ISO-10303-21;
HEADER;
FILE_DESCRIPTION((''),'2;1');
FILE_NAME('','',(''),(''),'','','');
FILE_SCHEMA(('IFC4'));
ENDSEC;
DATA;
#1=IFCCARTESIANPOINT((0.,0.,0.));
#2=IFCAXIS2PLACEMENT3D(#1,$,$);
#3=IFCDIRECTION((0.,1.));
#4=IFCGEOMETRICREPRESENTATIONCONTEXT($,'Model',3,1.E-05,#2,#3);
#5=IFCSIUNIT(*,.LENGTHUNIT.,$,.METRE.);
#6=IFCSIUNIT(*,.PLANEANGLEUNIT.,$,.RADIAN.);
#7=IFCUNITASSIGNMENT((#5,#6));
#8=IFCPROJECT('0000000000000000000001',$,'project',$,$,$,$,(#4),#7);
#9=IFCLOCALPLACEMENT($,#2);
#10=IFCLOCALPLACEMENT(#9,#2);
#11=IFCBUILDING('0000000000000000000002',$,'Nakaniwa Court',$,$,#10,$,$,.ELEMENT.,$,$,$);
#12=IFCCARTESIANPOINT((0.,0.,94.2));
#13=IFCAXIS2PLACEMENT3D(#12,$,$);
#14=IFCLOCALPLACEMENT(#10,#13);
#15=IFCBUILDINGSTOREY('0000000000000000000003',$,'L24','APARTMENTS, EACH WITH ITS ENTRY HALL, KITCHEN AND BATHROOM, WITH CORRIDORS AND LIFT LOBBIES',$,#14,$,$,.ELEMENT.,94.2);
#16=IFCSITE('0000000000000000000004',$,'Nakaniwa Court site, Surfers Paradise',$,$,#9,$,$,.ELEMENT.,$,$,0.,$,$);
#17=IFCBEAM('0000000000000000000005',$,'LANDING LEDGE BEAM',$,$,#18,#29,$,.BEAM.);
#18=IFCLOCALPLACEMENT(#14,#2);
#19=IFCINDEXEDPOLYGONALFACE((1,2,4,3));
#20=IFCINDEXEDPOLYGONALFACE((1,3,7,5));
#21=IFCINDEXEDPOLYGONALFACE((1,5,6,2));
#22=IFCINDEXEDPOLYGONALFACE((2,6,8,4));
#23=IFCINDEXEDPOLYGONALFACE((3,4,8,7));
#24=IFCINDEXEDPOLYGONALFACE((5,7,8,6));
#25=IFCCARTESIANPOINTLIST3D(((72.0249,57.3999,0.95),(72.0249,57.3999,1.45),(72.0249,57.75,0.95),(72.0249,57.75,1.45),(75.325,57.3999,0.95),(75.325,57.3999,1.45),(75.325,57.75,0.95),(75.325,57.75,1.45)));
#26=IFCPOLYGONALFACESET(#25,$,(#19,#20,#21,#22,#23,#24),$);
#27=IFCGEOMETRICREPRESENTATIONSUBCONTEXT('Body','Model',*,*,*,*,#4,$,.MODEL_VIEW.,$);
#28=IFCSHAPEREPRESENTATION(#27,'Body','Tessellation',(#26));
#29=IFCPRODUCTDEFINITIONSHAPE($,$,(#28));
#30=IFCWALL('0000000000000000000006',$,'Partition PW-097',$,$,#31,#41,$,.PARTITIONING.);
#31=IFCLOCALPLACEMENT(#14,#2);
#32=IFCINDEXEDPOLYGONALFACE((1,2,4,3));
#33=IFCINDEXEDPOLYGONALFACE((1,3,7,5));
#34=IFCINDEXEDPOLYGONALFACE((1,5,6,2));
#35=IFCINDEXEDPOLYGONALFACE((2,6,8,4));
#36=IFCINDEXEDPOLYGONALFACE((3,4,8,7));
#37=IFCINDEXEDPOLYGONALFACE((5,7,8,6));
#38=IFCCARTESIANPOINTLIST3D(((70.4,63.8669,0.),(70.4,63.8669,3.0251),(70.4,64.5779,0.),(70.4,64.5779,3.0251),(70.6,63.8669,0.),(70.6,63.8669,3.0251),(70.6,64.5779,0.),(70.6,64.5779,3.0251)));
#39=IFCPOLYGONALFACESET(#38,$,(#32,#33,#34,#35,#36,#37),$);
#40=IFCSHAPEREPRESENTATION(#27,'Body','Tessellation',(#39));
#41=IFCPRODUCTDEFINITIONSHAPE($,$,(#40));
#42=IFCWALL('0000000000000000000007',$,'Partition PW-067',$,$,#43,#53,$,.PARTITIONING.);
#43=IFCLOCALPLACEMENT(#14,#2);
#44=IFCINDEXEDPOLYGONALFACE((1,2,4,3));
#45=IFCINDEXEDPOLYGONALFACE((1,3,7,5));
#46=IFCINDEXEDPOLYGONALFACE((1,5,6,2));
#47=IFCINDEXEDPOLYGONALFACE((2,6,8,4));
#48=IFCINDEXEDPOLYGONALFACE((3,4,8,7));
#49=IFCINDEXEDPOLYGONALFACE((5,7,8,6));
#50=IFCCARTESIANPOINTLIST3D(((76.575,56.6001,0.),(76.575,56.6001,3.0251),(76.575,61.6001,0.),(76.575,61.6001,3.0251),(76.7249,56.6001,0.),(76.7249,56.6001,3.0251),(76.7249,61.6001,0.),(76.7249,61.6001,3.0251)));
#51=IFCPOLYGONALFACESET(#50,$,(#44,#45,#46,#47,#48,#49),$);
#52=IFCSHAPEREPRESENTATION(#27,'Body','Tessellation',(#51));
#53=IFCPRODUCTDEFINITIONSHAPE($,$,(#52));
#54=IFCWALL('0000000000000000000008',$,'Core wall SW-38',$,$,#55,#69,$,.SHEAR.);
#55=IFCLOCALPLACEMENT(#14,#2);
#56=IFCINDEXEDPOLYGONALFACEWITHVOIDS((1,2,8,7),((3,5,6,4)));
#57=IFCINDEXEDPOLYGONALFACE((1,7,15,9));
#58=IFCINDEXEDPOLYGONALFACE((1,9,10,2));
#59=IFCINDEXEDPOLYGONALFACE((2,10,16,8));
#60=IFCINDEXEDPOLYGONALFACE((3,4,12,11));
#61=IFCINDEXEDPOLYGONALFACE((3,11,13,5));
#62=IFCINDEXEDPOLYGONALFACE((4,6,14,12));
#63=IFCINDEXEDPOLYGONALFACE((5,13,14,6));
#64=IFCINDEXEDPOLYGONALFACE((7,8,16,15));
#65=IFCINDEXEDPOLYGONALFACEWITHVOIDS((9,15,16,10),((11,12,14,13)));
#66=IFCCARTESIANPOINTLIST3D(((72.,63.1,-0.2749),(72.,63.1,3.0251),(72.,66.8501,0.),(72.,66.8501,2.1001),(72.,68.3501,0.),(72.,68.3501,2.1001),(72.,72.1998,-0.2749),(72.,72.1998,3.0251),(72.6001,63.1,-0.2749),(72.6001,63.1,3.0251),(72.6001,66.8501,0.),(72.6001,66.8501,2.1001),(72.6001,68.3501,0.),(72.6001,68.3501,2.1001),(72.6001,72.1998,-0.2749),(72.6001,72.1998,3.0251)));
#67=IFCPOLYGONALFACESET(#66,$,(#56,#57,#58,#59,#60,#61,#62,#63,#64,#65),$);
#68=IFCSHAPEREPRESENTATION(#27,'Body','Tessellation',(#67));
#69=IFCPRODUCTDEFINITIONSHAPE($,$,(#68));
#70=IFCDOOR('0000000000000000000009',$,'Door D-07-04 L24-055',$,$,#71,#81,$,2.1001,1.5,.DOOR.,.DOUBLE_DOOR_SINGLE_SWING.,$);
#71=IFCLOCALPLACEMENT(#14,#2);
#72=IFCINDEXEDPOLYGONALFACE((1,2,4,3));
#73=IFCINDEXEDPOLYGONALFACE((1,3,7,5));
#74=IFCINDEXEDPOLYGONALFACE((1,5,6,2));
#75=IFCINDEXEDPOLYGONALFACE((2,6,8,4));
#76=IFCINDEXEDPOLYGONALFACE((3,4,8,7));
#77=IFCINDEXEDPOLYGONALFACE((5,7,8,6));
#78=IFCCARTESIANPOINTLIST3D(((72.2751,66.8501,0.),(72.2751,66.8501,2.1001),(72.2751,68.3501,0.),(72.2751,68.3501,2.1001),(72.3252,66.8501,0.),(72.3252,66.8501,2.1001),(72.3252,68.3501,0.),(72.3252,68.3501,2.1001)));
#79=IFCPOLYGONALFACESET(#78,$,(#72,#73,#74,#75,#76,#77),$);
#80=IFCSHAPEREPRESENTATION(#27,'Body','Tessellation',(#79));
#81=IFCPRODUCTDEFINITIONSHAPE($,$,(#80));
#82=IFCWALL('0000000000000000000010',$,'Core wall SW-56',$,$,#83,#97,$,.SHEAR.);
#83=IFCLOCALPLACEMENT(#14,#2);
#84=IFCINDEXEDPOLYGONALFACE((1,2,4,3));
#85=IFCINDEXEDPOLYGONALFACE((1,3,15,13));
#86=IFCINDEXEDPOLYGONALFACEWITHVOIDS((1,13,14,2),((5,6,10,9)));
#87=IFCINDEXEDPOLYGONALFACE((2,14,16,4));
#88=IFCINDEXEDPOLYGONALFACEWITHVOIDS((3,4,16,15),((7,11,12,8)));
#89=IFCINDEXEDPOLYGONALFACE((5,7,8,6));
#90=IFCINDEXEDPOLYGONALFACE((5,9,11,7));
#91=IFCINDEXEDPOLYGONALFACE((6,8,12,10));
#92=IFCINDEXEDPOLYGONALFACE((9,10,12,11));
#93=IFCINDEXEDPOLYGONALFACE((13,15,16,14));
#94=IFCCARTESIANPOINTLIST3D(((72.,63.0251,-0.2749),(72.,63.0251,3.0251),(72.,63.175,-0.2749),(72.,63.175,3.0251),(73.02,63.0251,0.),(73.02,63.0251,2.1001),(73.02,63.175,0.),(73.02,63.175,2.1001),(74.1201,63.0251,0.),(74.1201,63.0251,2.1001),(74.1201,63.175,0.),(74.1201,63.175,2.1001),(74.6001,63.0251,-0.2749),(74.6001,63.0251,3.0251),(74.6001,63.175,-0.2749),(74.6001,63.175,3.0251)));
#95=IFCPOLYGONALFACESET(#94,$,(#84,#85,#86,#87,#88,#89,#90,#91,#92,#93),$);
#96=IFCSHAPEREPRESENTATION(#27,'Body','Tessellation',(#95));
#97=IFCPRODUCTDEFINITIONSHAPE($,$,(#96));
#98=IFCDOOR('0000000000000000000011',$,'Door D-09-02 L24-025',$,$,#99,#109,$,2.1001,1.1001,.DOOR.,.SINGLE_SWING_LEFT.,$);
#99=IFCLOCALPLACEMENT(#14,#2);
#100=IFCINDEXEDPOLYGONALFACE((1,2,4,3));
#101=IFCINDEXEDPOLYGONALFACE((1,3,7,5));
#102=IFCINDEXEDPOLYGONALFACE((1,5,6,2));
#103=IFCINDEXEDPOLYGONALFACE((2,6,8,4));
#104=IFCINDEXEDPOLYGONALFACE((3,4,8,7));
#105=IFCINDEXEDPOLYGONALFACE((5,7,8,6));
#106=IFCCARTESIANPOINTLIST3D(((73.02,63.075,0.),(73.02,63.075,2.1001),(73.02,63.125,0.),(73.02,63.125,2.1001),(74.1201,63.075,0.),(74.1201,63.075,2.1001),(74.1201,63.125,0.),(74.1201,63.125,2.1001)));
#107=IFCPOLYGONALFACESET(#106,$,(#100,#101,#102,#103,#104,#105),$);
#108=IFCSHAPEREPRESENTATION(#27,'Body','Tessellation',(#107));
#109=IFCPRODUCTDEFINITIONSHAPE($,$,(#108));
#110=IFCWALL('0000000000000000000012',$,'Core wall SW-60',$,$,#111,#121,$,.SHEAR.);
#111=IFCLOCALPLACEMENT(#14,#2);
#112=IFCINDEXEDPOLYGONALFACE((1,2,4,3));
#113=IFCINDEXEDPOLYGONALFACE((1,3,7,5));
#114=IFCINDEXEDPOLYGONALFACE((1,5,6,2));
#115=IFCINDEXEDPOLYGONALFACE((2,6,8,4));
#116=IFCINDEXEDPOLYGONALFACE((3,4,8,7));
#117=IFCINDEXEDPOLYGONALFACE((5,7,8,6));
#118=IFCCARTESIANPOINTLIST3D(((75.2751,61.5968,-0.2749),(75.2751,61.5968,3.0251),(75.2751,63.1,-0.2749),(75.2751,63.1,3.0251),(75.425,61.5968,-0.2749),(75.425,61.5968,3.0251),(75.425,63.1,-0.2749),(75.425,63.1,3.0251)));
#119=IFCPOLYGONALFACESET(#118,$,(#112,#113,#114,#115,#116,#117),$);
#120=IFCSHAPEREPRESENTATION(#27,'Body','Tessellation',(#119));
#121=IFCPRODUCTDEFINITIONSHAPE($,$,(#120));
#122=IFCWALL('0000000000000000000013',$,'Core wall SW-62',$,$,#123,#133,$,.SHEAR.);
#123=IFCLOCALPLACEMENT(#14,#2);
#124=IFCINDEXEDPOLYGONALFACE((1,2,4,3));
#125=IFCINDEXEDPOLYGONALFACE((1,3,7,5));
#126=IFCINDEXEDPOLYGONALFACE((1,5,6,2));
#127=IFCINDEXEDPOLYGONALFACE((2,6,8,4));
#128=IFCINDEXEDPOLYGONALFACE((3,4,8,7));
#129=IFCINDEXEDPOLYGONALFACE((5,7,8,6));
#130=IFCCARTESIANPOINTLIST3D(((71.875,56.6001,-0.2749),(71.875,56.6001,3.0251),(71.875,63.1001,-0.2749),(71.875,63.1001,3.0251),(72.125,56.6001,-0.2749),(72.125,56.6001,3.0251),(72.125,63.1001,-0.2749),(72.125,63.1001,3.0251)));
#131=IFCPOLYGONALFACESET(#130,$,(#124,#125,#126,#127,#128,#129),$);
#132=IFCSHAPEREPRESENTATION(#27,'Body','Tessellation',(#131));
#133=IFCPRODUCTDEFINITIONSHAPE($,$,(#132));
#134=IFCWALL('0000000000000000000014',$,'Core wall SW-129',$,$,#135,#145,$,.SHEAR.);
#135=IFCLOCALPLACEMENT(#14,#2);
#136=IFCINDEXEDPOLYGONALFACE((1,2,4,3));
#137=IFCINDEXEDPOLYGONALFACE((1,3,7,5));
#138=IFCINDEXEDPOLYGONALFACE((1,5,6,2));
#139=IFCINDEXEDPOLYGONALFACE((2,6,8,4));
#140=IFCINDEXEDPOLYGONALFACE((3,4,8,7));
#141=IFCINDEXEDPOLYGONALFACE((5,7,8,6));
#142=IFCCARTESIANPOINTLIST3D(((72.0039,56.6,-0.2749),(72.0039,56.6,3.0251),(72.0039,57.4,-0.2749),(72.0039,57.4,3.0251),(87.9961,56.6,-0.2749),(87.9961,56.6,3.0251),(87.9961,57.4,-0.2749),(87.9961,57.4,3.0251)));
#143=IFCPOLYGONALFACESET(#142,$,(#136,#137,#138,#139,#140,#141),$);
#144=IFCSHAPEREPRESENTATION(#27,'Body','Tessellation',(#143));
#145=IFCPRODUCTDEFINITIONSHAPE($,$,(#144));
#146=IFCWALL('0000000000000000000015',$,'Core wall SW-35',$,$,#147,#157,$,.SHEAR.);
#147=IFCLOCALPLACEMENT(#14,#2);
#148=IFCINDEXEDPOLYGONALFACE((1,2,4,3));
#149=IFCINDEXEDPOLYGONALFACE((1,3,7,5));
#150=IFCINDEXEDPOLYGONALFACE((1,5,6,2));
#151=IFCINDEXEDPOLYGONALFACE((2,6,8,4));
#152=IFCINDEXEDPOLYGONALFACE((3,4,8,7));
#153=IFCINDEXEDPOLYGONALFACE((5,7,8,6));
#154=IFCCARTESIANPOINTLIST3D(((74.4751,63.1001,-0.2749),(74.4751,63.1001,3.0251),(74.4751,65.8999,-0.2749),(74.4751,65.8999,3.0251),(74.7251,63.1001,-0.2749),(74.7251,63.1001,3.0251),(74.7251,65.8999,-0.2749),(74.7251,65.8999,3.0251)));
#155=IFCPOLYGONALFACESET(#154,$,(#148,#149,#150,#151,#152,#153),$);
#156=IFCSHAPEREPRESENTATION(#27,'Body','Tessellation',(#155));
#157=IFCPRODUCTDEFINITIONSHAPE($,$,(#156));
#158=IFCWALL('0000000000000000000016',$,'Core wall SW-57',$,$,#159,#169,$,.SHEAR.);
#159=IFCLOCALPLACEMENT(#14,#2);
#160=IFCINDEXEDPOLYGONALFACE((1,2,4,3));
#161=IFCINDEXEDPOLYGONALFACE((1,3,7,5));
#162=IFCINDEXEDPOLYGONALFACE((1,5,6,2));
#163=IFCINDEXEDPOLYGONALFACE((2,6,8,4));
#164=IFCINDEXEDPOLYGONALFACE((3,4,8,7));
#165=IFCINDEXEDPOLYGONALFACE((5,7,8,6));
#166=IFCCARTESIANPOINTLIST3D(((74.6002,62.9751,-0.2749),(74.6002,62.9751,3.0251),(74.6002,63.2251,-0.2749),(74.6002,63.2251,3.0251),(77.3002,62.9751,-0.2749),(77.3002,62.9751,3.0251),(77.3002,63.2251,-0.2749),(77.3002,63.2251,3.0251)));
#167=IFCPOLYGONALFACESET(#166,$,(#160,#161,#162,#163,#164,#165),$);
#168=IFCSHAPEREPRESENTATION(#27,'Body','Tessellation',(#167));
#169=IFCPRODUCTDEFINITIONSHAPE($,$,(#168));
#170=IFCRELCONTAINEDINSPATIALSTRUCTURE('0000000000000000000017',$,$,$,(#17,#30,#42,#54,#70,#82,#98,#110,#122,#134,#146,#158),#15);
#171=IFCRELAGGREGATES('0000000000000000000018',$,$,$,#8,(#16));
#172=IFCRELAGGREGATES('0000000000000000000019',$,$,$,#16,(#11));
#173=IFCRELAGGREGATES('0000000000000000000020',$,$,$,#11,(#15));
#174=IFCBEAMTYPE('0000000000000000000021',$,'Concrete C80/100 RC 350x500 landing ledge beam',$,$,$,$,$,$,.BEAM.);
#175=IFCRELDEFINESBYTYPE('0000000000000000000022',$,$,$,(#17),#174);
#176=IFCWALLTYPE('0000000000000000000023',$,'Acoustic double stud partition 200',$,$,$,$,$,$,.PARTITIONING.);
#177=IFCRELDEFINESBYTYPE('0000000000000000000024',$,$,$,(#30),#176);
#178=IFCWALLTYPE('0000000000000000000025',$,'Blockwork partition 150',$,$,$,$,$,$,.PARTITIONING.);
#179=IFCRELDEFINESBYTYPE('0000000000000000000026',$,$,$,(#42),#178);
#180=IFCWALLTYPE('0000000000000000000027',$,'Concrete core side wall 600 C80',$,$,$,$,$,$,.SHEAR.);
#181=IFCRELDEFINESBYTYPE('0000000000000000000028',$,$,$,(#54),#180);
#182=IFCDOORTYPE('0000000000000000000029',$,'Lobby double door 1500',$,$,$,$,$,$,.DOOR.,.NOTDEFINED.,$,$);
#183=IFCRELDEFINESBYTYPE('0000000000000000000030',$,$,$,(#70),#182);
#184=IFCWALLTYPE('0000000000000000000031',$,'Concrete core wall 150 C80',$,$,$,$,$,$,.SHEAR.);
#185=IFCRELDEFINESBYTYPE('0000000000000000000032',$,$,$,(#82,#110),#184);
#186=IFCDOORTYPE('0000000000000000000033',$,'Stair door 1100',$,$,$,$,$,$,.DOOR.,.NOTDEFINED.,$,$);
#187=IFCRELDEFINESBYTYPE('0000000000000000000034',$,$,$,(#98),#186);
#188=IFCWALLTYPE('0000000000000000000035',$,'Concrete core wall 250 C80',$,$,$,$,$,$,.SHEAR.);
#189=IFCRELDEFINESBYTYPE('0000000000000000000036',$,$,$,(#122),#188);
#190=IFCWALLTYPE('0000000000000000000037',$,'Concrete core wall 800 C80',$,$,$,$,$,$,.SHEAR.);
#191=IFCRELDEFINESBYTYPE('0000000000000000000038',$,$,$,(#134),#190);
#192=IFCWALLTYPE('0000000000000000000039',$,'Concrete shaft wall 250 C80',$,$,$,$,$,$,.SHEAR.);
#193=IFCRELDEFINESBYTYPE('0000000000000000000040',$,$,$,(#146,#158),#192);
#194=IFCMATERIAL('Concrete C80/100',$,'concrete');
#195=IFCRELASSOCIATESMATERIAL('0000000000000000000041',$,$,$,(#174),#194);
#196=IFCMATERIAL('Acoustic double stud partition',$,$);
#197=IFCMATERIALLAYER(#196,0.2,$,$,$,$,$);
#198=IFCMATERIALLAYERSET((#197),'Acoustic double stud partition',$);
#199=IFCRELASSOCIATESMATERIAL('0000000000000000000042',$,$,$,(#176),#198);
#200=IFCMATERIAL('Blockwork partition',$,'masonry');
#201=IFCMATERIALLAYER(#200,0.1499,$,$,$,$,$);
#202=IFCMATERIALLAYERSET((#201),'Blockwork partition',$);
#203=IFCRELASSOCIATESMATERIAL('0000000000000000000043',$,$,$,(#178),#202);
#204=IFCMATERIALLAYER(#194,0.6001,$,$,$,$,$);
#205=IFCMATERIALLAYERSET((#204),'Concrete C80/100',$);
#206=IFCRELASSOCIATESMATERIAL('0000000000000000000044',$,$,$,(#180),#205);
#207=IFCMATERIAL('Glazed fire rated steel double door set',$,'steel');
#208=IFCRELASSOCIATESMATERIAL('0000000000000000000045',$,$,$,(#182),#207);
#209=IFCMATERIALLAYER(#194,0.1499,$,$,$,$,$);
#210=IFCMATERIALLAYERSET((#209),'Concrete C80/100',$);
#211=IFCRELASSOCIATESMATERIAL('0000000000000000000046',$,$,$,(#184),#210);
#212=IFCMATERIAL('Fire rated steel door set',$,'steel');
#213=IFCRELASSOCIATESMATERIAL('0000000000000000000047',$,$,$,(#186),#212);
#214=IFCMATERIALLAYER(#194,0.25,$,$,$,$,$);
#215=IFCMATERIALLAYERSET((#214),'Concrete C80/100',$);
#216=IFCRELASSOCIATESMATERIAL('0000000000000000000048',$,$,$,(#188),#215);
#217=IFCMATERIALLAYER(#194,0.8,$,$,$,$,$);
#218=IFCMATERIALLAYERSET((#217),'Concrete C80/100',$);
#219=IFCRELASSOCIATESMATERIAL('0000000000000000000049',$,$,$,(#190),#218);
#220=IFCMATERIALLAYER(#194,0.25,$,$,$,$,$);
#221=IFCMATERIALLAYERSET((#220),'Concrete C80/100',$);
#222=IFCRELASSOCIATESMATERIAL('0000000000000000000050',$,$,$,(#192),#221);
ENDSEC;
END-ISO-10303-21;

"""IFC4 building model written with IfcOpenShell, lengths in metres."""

from ifc_helpers import new_model, si_unit, direction, frame, frame_2d, origin, origin_2d, place, context, subcontext, project, spatial, rectangle, extrude, material, layer, layer_set, material_profile, profile_set, type_object, element, fill, save


model = new_model("IFC4")

# Units and contexts
model_context = context("Model", 3, precision=1e-05, world=origin(), true_north=direction((0.0, 1.0)))
body_context = subcontext(model_context, "Body", "Model", "MODEL_VIEW")
ifc_project = project(units=[si_unit("LENGTHUNIT", "METRE"), si_unit("PLANEANGLEUNIT", "RADIAN")], contexts=[model_context])

# Site, building, storey
site_placement = place(None, origin())
site = spatial("IfcSite", under=ifc_project, at=site_placement, Name="Nakaniwa Court site, Surfers Paradise", CompositionType="ELEMENT", RefElevation=0.0)
building_placement = place(site_placement, origin())
building = spatial("IfcBuilding", under=site, at=building_placement, Name="Nakaniwa Court", CompositionType="ELEMENT")
storey_placement = place(building_placement, frame((0.0, 0.0, 94.2)))
storey = spatial("IfcBuildingStorey", under=building, at=storey_placement, Name="L24", Description="APARTMENTS, EACH WITH ITS ENTRY HALL, KITCHEN AND BATHROOM, WITH CORRIDORS AND LIFT LOBBIES", CompositionType="ELEMENT", Elevation=94.2)

# Beam
ifc_material_1 = material(Name="Concrete C80/100", Category="concrete")
ifc_material_profile = material_profile(ifc_material_1, rectangle(XDim=0.3501, YDim=0.5, at=origin_2d()), Name="Concrete C80/100 RC 350x500 landing ledge beam")
ifc_profile_set = profile_set([ifc_material_profile], Name="Concrete C80/100")
beam_type = type_object("IfcBeamType", Name="Concrete C80/100 RC 350x500 landing ledge beam", PredefinedType="BEAM", material=ifc_profile_set)
beam_placement = place(storey_placement, frame((72.0249, 57.575, 1.2), z_axis=(1.0, 0.0, 0.0), x_axis=(0.0, 1.0, 0.0)))
element("IfcBeam", 1, at=beam_placement, inside=storey, type_object=beam_type, Name="LANDING LEDGE BEAM", PredefinedType="BEAM", context=body_context, shape_type="SweptSolid", body=[
    extrude(rectangle(XDim=0.3501, YDim=0.5, at=origin_2d()), origin(), (0.0, 0.0, 1.0), 3.3),
])

# Walls
ifc_material_2 = material(Name="Acoustic double stud partition")
ifc_layer_1 = layer(ifc_material_2, 0.2)
ifc_layer_set_1 = layer_set([ifc_layer_1], Name="Acoustic double stud partition")
wall_type_1 = type_object("IfcWallType", Name="Acoustic double stud partition 200", PredefinedType="PARTITIONING", material=ifc_layer_set_1)
wall_1_placement = place(storey_placement, frame((70.5, 63.8669, 0.0), z_axis=(0.0, 0.0, 1.0), x_axis=(0.0, 1.0, 0.0)))
element("IfcWall", 2, at=wall_1_placement, inside=storey, type_object=wall_type_1, Name="Partition PW-097", PredefinedType="PARTITIONING", context=body_context, shape_type="SweptSolid", body=[
    extrude(rectangle(XDim=0.7109, YDim=0.2, at=frame_2d((0.3555, 0.0))), origin(), (0.0, 0.0, 1.0), 3.0251),
])
ifc_material_3 = material(Name="Blockwork partition", Category="masonry")
ifc_layer_2 = layer(ifc_material_3, 0.1499)
ifc_layer_set_2 = layer_set([ifc_layer_2], Name="Blockwork partition")
wall_type_2 = type_object("IfcWallType", Name="Blockwork partition 150", PredefinedType="PARTITIONING", material=ifc_layer_set_2)
wall_2_placement = place(storey_placement, frame((76.6499, 56.6001, 0.0), z_axis=(0.0, 0.0, 1.0), x_axis=(0.0, 1.0, 0.0)))
element("IfcWall", 3, at=wall_2_placement, inside=storey, type_object=wall_type_2, Name="Partition PW-067", PredefinedType="PARTITIONING", context=body_context, shape_type="SweptSolid", body=[
    extrude(rectangle(XDim=5.0, YDim=0.1499, at=frame_2d((2.5, 0.0))), origin(), (0.0, 0.0, 1.0), 3.0251),
])

# Walls, openings, doors
ifc_layer_3 = layer(ifc_material_1, 0.6001)
ifc_layer_set_3 = layer_set([ifc_layer_3], Name="Concrete C80/100")
wall_type_3 = type_object("IfcWallType", Name="Concrete core side wall 600 C80", PredefinedType="SHEAR", material=ifc_layer_set_3)
wall_3_placement = place(storey_placement, frame((72.3, 63.1001, -0.2749), z_axis=(0.0, 0.0, 1.0), x_axis=(0.0, 1.0, 0.0)))
wall_3 = element("IfcWall", 4, at=wall_3_placement, inside=storey, type_object=wall_type_3, Name="Core wall SW-38", PredefinedType="SHEAR", context=body_context, shape_type="SweptSolid", body=[
    extrude(rectangle(XDim=9.0999, YDim=0.6001, at=frame_2d((4.5498, 0.0))), origin(), (0.0, 0.0, 1.0), 3.3),
])
opening_1_placement = place(wall_3_placement, frame((3.75, 0.0, 0.2749)))
opening_1 = element("IfcOpeningElement", 5, at=opening_1_placement, cuts=wall_3, PredefinedType="OPENING", context=body_context, shape_type="SweptSolid", body=[
    extrude(rectangle(XDim=1.5, YDim=2.1001, at=frame_2d((0.75, 1.05))), frame((0.0, 0.3101, 0.0), z_axis=(0.0, -1.0, 0.0), x_axis=(1.0, 0.0, 0.0)), (0.0, 0.0, 1.0), 0.6201),
])
ifc_material_4 = material(Name="Glazed fire rated steel double door set", Category="steel")
door_type_1 = type_object("IfcDoorType", Name="Lobby double door 1500", OperationType="NOTDEFINED", PredefinedType="DOOR", material=ifc_material_4)
door_1_placement = place(opening_1_placement, origin())
door_1 = element("IfcDoor", 6, at=door_1_placement, inside=storey, type_object=door_type_1, Name="Door D-07-04 L24-055", OperationType="DOUBLE_DOOR_SINGLE_SWING", OverallHeight=2.1001, OverallWidth=1.5, PredefinedType="DOOR", context=body_context, shape_type="SweptSolid", body=[
    extrude(rectangle(XDim=1.5, YDim=2.1001, at=frame_2d((0.75, 1.05))), frame((0.0, 0.0249, 0.0), z_axis=(0.0, -1.0, 0.0), x_axis=(1.0, 0.0, 0.0)), (0.0, 0.0, 1.0), 0.05),
])
fill(opening_1, door_1)
ifc_layer_4 = layer(ifc_material_1, 0.1499)
ifc_layer_set_4 = layer_set([ifc_layer_4], Name="Concrete C80/100")
wall_type_4 = type_object("IfcWallType", Name="Concrete core wall 150 C80", PredefinedType="SHEAR", material=ifc_layer_set_4)
wall_4_placement = place(storey_placement, frame((72.0, 63.1001, -0.2749), z_axis=(0.0, 0.0, 1.0), x_axis=(1.0, 0.0, 0.0)))
wall_4 = element("IfcWall", 7, at=wall_4_placement, inside=storey, type_object=wall_type_4, Name="Core wall SW-56", PredefinedType="SHEAR", context=body_context, shape_type="SweptSolid", body=[
    extrude(rectangle(XDim=2.6001, YDim=0.1499, at=frame_2d((1.3, 0.0))), origin(), (0.0, 0.0, 1.0), 3.3),
])
opening_2_placement = place(wall_4_placement, frame((1.02, 0.0, 0.2749)))
opening_2 = element("IfcOpeningElement", 8, at=opening_2_placement, cuts=wall_4, PredefinedType="OPENING", context=body_context, shape_type="SweptSolid", body=[
    extrude(rectangle(XDim=1.1001, YDim=2.1001, at=frame_2d((0.55, 1.05))), frame((0.0, 0.085, 0.0), z_axis=(0.0, -1.0, 0.0), x_axis=(1.0, 0.0, 0.0)), (0.0, 0.0, 1.0), 0.1699),
])
ifc_material_5 = material(Name="Fire rated steel door set", Category="steel")
door_type_2 = type_object("IfcDoorType", Name="Stair door 1100", OperationType="NOTDEFINED", PredefinedType="DOOR", material=ifc_material_5)
door_2_placement = place(opening_2_placement, origin())
door_2 = element("IfcDoor", 9, at=door_2_placement, inside=storey, type_object=door_type_2, Name="Door D-09-02 L24-025", OperationType="SINGLE_SWING_LEFT", OverallHeight=2.1001, OverallWidth=1.1001, PredefinedType="DOOR", context=body_context, shape_type="SweptSolid", body=[
    extrude(rectangle(XDim=1.1001, YDim=2.1001, at=frame_2d((0.55, 1.05))), frame((0.0, 0.0249, 0.0), z_axis=(0.0, -1.0, 0.0), x_axis=(1.0, 0.0, 0.0)), (0.0, 0.0, 1.0), 0.05),
])
fill(opening_2, door_2)

# Walls
wall_5_placement = place(storey_placement, frame((75.3501, 61.5969, -0.2749), z_axis=(0.0, 0.0, 1.0), x_axis=(0.0, 1.0, 0.0)))
element("IfcWall", 10, at=wall_5_placement, inside=storey, type_object=wall_type_4, Name="Core wall SW-60", PredefinedType="SHEAR", context=body_context, shape_type="SweptSolid", body=[
    extrude(rectangle(XDim=1.5032, YDim=0.1499, at=frame_2d((0.7515, 0.0))), origin(), (0.0, 0.0, 1.0), 3.3),
])
ifc_layer_5 = layer(ifc_material_1, 0.25)
ifc_layer_set_5 = layer_set([ifc_layer_5], Name="Concrete C80/100")
wall_type_5 = type_object("IfcWallType", Name="Concrete core wall 250 C80", PredefinedType="SHEAR", material=ifc_layer_set_5)
wall_6_placement = place(storey_placement, frame((72.0, 56.6001, -0.2749), z_axis=(0.0, 0.0, 1.0), x_axis=(0.0, 1.0, 0.0)))
element("IfcWall", 11, at=wall_6_placement, inside=storey, type_object=wall_type_5, Name="Core wall SW-62", PredefinedType="SHEAR", context=body_context, shape_type="SweptSolid", body=[
    extrude(rectangle(XDim=6.5, YDim=0.25, at=frame_2d((3.25, 0.0))), origin(), (0.0, 0.0, 1.0), 3.3),
])
ifc_layer_6 = layer(ifc_material_1, 0.8)
ifc_layer_set_6 = layer_set([ifc_layer_6], Name="Concrete C80/100")
wall_type_6 = type_object("IfcWallType", Name="Concrete core wall 800 C80", PredefinedType="SHEAR", material=ifc_layer_set_6)
wall_7_placement = place(storey_placement, frame((72.0039, 57.0, -0.2749), z_axis=(0.0, 0.0, 1.0), x_axis=(1.0, 0.0, 0.0)))
element("IfcWall", 12, at=wall_7_placement, inside=storey, type_object=wall_type_6, Name="Core wall SW-129", PredefinedType="SHEAR", context=body_context, shape_type="SweptSolid", body=[
    extrude(rectangle(XDim=15.9922, YDim=0.8, at=frame_2d((7.9961, 0.0))), origin(), (0.0, 0.0, 1.0), 3.3),
])
ifc_layer_7 = layer(ifc_material_1, 0.25)
ifc_layer_set_7 = layer_set([ifc_layer_7], Name="Concrete C80/100")
wall_type_7 = type_object("IfcWallType", Name="Concrete shaft wall 250 C80", PredefinedType="SHEAR", material=ifc_layer_set_7)
wall_8_placement = place(storey_placement, frame((74.6001, 63.1001, -0.2749), z_axis=(0.0, 0.0, 1.0), x_axis=(0.0, 1.0, 0.0)))
element("IfcWall", 13, at=wall_8_placement, inside=storey, type_object=wall_type_7, Name="Core wall SW-35", PredefinedType="SHEAR", context=body_context, shape_type="SweptSolid", body=[
    extrude(rectangle(XDim=2.7998, YDim=0.25, at=frame_2d((1.3999, 0.0))), origin(), (0.0, 0.0, 1.0), 3.3),
])
wall_9_placement = place(storey_placement, frame((74.6001, 63.1001, -0.2749), z_axis=(0.0, 0.0, 1.0), x_axis=(1.0, 0.0, 0.0)))
element("IfcWall", 14, at=wall_9_placement, inside=storey, type_object=wall_type_7, Name="Core wall SW-57", PredefinedType="SHEAR", context=body_context, shape_type="SweptSolid", body=[
    extrude(rectangle(XDim=2.7, YDim=0.25, at=frame_2d((1.3501, 0.0))), origin(), (0.0, 0.0, 1.0), 3.3),
])

save(model, "model.ifc")
